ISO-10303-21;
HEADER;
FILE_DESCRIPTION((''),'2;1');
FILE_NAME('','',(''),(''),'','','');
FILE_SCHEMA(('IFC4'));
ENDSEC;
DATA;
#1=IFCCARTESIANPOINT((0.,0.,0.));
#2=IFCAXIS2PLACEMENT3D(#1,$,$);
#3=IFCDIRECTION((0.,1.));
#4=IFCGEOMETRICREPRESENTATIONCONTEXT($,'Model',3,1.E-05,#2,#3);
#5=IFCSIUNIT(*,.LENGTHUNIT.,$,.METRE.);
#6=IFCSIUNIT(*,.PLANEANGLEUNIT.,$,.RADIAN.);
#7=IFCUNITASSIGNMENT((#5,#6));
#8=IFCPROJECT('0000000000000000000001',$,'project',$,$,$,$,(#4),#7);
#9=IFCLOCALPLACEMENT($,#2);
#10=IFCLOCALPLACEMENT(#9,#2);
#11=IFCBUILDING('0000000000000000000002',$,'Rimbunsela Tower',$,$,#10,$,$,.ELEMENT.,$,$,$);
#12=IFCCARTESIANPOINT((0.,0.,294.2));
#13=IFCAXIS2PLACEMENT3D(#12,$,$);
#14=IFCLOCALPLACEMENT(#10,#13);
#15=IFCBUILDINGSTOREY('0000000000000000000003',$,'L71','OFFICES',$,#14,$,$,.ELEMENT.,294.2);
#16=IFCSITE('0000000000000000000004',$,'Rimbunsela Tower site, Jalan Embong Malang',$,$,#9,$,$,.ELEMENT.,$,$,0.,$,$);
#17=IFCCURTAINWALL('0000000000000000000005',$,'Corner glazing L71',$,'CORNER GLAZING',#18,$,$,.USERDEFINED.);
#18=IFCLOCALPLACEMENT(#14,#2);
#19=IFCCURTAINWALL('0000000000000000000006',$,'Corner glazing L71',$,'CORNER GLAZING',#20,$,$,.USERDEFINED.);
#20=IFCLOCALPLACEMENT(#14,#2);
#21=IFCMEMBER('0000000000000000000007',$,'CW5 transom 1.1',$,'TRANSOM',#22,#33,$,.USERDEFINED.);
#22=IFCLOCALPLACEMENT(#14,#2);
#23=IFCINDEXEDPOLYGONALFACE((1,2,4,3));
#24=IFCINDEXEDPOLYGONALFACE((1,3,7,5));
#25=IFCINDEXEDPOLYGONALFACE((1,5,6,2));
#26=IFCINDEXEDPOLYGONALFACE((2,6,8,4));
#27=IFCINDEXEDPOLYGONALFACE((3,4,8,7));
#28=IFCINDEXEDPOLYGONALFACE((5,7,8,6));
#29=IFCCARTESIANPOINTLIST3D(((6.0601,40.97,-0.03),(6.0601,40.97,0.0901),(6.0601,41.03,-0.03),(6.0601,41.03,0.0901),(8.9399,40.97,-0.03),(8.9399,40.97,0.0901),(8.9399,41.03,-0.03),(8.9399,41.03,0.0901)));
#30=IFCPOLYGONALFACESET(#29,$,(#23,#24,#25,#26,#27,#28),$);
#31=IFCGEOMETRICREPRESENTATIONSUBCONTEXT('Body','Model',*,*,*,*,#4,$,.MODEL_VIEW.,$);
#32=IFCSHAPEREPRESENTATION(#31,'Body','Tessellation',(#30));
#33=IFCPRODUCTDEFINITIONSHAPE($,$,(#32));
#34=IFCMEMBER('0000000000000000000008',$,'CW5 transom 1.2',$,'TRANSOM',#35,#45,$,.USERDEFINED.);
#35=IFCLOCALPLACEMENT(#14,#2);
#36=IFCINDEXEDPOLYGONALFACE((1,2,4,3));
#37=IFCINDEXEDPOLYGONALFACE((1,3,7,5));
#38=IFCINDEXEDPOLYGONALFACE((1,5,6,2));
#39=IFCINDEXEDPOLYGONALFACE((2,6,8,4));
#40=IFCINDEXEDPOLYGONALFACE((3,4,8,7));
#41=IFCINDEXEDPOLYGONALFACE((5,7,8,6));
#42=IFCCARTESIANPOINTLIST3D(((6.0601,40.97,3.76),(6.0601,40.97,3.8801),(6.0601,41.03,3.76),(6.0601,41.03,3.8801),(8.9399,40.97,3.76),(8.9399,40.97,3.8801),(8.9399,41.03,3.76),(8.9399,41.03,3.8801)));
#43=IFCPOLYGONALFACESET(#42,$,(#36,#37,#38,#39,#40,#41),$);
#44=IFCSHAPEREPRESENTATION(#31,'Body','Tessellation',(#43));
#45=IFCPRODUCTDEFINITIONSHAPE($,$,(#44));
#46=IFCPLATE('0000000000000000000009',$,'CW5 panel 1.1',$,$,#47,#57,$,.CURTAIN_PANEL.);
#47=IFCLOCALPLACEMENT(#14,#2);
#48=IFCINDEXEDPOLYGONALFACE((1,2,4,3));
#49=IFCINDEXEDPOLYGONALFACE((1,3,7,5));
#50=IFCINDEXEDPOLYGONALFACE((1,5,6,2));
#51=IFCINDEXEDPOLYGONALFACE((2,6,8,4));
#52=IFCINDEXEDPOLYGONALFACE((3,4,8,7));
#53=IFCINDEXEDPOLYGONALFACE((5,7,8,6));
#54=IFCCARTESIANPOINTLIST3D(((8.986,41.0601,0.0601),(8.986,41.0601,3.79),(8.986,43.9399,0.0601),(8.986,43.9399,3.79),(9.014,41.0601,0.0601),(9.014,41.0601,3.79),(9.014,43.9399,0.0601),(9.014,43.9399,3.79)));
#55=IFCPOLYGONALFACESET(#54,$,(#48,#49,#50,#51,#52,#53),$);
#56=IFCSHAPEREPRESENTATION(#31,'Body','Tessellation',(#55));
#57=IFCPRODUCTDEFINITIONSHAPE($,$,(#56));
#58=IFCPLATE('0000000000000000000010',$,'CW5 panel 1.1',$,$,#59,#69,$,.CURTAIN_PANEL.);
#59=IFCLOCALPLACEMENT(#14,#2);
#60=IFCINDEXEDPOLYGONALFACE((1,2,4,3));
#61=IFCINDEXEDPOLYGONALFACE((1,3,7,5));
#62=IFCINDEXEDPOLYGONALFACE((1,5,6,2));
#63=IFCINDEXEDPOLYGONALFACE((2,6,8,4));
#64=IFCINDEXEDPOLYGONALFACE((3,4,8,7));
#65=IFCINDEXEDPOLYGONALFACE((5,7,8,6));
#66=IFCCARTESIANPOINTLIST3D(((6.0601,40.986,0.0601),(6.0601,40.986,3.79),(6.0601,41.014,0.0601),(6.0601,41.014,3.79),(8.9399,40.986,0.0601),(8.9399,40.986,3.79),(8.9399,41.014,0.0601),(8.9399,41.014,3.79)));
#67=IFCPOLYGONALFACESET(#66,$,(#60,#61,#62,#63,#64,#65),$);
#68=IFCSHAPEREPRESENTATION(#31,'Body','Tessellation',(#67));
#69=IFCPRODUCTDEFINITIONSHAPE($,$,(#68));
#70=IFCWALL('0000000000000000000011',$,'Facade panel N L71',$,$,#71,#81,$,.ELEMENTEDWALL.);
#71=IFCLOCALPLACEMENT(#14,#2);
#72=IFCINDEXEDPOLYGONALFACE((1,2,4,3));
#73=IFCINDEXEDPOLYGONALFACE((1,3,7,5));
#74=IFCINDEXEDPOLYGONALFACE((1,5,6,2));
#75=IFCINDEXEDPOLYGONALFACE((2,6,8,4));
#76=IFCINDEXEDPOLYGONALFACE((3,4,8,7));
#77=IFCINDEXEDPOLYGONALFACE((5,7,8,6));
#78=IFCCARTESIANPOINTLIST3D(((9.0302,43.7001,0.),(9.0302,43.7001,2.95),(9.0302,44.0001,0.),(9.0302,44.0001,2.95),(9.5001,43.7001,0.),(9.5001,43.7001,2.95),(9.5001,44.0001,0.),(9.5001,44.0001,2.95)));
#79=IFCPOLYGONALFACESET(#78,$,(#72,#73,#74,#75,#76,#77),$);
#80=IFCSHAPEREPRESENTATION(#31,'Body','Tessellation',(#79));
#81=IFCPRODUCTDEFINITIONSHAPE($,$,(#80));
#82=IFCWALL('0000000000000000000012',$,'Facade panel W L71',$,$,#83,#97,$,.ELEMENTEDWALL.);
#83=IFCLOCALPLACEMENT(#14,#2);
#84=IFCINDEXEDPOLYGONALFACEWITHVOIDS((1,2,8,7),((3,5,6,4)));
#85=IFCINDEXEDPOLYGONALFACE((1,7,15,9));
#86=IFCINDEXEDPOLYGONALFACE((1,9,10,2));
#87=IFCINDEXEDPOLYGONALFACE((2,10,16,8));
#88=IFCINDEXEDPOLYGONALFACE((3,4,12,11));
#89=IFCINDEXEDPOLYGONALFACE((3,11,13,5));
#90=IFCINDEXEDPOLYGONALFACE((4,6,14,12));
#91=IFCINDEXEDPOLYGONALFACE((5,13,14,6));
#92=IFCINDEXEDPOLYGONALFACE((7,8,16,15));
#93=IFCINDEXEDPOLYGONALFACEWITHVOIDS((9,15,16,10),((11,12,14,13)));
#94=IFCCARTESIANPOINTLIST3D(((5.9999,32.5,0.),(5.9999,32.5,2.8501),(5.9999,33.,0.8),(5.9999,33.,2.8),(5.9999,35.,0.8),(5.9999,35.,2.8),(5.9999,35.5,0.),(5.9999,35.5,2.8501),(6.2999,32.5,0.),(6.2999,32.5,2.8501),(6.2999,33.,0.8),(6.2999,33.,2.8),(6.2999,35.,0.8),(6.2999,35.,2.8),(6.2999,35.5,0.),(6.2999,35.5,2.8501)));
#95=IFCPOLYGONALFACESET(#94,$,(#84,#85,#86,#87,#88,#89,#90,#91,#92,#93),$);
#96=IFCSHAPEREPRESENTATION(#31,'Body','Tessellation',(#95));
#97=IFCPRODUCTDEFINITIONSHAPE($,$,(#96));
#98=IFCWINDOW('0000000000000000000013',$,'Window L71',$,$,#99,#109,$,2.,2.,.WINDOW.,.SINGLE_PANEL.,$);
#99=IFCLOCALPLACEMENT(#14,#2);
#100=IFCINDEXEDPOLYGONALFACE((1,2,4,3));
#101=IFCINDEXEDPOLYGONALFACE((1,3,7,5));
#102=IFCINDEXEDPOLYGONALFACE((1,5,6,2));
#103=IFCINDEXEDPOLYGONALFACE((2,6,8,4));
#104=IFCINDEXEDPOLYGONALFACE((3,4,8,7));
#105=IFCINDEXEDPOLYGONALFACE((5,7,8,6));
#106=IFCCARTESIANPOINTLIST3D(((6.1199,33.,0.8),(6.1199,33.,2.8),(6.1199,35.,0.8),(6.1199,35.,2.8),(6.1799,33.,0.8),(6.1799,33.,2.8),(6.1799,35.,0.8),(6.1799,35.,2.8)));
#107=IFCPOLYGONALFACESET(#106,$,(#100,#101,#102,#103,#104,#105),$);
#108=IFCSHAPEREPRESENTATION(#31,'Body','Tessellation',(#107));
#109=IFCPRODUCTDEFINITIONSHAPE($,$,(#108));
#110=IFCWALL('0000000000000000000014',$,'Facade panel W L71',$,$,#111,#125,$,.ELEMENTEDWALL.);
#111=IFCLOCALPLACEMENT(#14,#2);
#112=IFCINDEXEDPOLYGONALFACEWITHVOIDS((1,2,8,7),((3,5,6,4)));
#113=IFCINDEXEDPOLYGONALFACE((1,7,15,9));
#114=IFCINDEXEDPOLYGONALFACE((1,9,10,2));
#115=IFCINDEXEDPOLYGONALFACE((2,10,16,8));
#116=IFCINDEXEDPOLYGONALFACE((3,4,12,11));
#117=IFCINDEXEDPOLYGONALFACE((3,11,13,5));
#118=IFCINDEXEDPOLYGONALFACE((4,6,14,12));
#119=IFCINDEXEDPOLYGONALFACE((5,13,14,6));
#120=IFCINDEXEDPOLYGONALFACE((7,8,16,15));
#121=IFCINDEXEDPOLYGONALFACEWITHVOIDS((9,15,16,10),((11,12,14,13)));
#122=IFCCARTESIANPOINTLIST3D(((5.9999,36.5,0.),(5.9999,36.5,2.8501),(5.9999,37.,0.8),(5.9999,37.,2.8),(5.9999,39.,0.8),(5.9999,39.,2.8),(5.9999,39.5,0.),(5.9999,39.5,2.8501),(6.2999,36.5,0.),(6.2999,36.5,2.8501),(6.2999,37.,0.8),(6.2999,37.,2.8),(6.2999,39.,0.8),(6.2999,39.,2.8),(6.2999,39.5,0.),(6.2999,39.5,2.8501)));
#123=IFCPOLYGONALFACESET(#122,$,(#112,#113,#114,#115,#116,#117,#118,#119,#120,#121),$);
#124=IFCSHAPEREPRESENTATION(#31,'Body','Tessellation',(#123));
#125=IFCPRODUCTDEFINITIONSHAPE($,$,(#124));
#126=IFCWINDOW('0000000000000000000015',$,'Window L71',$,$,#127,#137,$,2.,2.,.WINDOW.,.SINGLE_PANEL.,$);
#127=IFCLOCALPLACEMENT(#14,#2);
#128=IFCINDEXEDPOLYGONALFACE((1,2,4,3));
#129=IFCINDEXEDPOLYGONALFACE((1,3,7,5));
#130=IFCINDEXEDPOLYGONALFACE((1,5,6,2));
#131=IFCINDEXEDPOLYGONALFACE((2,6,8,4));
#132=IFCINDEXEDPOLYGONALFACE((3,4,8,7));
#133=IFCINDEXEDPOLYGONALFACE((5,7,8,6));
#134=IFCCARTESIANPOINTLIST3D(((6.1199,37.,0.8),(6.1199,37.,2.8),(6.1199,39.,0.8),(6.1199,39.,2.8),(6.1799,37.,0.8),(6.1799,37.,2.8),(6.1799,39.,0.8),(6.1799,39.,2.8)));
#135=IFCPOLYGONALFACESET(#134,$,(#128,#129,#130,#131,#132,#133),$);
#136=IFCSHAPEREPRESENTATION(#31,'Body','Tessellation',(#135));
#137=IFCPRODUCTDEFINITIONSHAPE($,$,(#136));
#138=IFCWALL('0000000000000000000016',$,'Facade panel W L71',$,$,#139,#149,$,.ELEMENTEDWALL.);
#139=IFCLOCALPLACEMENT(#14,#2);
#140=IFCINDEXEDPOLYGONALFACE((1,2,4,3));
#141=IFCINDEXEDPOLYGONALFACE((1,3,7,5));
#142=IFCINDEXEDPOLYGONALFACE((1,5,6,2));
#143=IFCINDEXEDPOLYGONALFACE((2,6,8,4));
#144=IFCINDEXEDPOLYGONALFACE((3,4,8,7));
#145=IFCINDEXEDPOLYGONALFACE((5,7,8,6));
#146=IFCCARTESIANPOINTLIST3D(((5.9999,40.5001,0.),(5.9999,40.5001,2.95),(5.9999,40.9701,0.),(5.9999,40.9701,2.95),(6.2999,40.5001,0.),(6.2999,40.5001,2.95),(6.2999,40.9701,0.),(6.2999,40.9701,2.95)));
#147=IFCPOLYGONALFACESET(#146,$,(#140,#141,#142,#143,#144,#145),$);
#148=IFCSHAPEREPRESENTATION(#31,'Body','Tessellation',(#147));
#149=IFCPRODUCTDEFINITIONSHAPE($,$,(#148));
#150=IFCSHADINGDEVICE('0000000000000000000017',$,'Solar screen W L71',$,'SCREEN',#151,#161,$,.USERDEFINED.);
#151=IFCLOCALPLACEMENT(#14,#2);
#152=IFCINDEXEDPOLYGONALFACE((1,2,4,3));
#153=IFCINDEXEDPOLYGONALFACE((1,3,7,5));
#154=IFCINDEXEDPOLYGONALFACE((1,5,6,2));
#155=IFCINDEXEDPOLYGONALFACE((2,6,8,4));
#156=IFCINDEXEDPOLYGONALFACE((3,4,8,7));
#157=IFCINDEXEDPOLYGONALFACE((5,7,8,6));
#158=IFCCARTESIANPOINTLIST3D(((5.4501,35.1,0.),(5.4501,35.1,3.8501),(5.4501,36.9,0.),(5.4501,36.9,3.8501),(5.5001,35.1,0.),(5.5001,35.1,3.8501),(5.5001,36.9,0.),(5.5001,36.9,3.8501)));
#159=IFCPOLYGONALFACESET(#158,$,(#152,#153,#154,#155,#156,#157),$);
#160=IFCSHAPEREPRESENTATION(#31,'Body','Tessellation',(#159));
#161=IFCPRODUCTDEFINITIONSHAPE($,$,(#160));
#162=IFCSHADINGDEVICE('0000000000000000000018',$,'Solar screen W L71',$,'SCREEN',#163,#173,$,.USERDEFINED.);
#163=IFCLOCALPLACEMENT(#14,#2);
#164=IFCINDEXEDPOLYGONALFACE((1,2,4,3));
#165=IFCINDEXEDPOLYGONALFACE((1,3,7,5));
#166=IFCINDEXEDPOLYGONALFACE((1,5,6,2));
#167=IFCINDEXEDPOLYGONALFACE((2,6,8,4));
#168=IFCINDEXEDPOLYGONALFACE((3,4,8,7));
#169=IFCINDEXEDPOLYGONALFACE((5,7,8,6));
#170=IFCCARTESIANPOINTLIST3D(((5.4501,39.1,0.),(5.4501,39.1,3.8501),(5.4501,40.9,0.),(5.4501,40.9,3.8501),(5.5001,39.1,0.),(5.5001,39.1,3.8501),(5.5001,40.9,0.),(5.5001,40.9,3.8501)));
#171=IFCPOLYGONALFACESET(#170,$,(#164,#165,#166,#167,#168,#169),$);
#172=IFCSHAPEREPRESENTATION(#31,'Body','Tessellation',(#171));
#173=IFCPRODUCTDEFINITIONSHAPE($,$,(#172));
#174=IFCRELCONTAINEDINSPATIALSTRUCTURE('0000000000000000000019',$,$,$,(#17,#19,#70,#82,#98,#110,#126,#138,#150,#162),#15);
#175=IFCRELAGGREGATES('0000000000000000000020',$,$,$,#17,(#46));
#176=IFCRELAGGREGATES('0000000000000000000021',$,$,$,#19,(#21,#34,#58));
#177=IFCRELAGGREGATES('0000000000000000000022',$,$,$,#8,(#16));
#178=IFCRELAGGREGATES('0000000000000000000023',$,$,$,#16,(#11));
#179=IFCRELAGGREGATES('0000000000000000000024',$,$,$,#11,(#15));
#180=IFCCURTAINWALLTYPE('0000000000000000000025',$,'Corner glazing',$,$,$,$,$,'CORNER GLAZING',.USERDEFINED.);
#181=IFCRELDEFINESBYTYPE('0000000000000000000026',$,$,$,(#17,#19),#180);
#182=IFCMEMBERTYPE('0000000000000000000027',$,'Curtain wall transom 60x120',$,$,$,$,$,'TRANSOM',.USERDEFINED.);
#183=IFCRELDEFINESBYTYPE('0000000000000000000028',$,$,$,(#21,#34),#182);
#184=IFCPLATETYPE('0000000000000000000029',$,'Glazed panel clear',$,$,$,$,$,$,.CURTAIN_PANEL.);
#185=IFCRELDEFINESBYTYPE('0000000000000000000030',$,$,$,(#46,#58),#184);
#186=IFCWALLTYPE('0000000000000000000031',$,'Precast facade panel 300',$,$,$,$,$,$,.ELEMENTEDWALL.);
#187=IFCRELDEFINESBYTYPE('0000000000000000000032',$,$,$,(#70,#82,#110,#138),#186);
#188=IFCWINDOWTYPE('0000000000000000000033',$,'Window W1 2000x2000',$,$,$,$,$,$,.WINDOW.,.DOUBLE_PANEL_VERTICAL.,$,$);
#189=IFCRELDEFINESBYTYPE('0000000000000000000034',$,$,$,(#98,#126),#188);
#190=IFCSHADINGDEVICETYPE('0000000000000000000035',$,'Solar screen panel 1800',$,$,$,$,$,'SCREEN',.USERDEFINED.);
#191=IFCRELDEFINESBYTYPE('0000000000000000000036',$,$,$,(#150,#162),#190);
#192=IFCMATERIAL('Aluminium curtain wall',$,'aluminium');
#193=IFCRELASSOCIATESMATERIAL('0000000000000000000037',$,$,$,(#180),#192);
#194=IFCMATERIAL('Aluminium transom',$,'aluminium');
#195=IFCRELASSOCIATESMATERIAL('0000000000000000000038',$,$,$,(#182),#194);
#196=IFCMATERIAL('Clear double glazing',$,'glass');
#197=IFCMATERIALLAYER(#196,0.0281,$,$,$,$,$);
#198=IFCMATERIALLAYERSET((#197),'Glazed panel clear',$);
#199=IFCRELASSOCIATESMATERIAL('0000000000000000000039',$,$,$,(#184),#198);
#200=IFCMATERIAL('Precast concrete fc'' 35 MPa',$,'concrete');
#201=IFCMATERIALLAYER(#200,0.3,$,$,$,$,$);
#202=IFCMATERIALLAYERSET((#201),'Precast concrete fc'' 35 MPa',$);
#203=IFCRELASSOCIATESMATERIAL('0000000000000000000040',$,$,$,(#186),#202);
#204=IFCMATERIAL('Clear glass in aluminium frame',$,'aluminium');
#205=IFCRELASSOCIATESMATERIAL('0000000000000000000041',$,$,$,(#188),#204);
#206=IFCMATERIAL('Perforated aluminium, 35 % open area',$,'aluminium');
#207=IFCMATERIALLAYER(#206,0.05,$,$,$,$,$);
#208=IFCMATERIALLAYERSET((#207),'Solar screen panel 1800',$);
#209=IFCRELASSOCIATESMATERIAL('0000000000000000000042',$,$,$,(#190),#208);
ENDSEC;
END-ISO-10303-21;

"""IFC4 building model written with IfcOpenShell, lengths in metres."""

from ifc_helpers import new_model, si_unit, direction, frame, frame_2d, origin, origin_2d, place, context, subcontext, project, spatial, rectangle, extrude, material, layer, layer_set, material_profile, profile_set, type_object, element, fill, aggregate, save


model = new_model("IFC4")

# Units and contexts
model_context = context("Model", 3, precision=1e-05, world=origin(), true_north=direction((0.0, 1.0)))
body_context = subcontext(model_context, "Body", "Model", "MODEL_VIEW")
ifc_project = project(units=[si_unit("LENGTHUNIT", "METRE"), si_unit("PLANEANGLEUNIT", "RADIAN")], contexts=[model_context])

# Site, building, storey
site_placement = place(None, origin())
site = spatial("IfcSite", under=ifc_project, at=site_placement, Name="Rimbunsela Tower site, Jalan Embong Malang", CompositionType="ELEMENT", RefElevation=0.0)
building_placement = place(site_placement, origin())
building = spatial("IfcBuilding", under=site, at=building_placement, Name="Rimbunsela Tower", CompositionType="ELEMENT")
storey_placement = place(building_placement, frame((0.0, 0.0, 294.2)))
storey = spatial("IfcBuildingStorey", under=building, at=storey_placement, Name="L71", Description="OFFICES", CompositionType="ELEMENT", Elevation=294.2)

# Curtain walls
ifc_material_1 = material(Name="Aluminium curtain wall", Category="aluminium")
curtain_wall_type = type_object("IfcCurtainWallType", Name="Corner glazing", ElementType="CORNER GLAZING", PredefinedType="USERDEFINED", material=ifc_material_1)
curtain_wall_1_placement = place(storey_placement, origin())
curtain_wall_1 = element("IfcCurtainWall", 1, at=curtain_wall_1_placement, inside=storey, type_object=curtain_wall_type, Name="Corner glazing L71", ObjectType="CORNER GLAZING", PredefinedType="USERDEFINED")
curtain_wall_2_placement = place(storey_placement, origin())
curtain_wall_2 = element("IfcCurtainWall", 2, at=curtain_wall_2_placement, inside=storey, type_object=curtain_wall_type, Name="Corner glazing L71", ObjectType="CORNER GLAZING", PredefinedType="USERDEFINED")

# Members
ifc_material_2 = material(Name="Aluminium transom", Category="aluminium")
ifc_material_profile_1 = material_profile(ifc_material_2, rectangle(XDim=0.0601, YDim=0.1201, at=origin_2d()), Name="Transom 60x120")
ifc_profile_set_1 = profile_set([ifc_material_profile_1], Name="Aluminium transom")
member_type_1 = type_object("IfcMemberType", Name="Curtain wall transom 60x120", ElementType="TRANSOM", PredefinedType="USERDEFINED", material=ifc_profile_set_1)
member_1_placement = place(storey_placement, frame((8.9399, 41.0, 0.03), z_axis=(-1.0, 0.0, 0.0), x_axis=(0.0, -1.0, 0.0)))
member_1 = element("IfcMember", 3, at=member_1_placement, type_object=member_type_1, Name="CW5 transom 1.1", ObjectType="TRANSOM", PredefinedType="USERDEFINED", context=body_context, shape_type="SweptSolid", body=[
    extrude(rectangle(XDim=0.0601, YDim=0.1201, at=origin_2d()), origin(), (0.0, 0.0, 1.0), 2.8799),
])
member_2_placement = place(storey_placement, frame((8.9399, 41.0, 3.8201), z_axis=(-1.0, 0.0, 0.0), x_axis=(0.0, -1.0, 0.0)))
member_2 = element("IfcMember", 4, at=member_2_placement, type_object=member_type_1, Name="CW5 transom 1.2", ObjectType="TRANSOM", PredefinedType="USERDEFINED", context=body_context, shape_type="SweptSolid", body=[
    extrude(rectangle(XDim=0.0601, YDim=0.1201, at=origin_2d()), origin(), (0.0, 0.0, 1.0), 2.8799),
])

# Plates
ifc_material_3 = material(Name="Clear double glazing", Category="glass")
ifc_layer_1 = layer(ifc_material_3, 0.0281)
ifc_layer_set_1 = layer_set([ifc_layer_1], Name="Glazed panel clear")
plate_type = type_object("IfcPlateType", Name="Glazed panel clear", PredefinedType="CURTAIN_PANEL", material=ifc_layer_set_1)
plate_1_placement = place(storey_placement, frame((9.0, 42.5, 0.0601), z_axis=(0.0, 0.0, 1.0), x_axis=(0.0, -1.0, 0.0)))
plate_1 = element("IfcPlate", 5, at=plate_1_placement, type_object=plate_type, Name="CW5 panel 1.1", PredefinedType="CURTAIN_PANEL", context=body_context, shape_type="SweptSolid", body=[
    extrude(rectangle(XDim=2.8799, YDim=0.0281, at=origin_2d()), origin(), (0.0, 0.0, 1.0), 3.73),
])
aggregate(curtain_wall_1, [plate_1])
plate_2_placement = place(storey_placement, frame((7.5, 41.0, 0.0601), z_axis=(0.0, 0.0, 1.0), x_axis=(-1.0, 0.0, 0.0)))
plate_2 = element("IfcPlate", 6, at=plate_2_placement, type_object=plate_type, Name="CW5 panel 1.1", PredefinedType="CURTAIN_PANEL", context=body_context, shape_type="SweptSolid", body=[
    extrude(rectangle(XDim=2.8799, YDim=0.0281, at=origin_2d()), origin(), (0.0, 0.0, 1.0), 3.73),
])
aggregate(curtain_wall_2, [member_1, member_2, plate_2])

# Wall
ifc_material_4 = material(Name="Precast concrete fc' 35 MPa", Category="concrete")
ifc_layer_2 = layer(ifc_material_4, 0.3)
ifc_layer_set_2 = layer_set([ifc_layer_2], Name="Precast concrete fc' 35 MPa")
wall_type = type_object("IfcWallType", Name="Precast facade panel 300", PredefinedType="ELEMENTEDWALL", material=ifc_layer_set_2)
wall_1_placement = place(storey_placement, frame((9.5, 43.8501, 0.0), z_axis=(0.0, 0.0, 1.0), x_axis=(-1.0, 0.0, 0.0)))
element("IfcWall", 7, at=wall_1_placement, inside=storey, type_object=wall_type, Name="Facade panel N L71", PredefinedType="ELEMENTEDWALL", context=body_context, shape_type="SweptSolid", body=[
    extrude(rectangle(XDim=0.47, YDim=0.3, at=frame_2d((0.2349, 0.0))), origin(), (0.0, 0.0, 1.0), 2.95),
])

# Walls, openings, windows
wall_2_placement = place(storey_placement, frame((6.1499, 35.5, 0.0), z_axis=(0.0, 0.0, 1.0), x_axis=(0.0, -1.0, 0.0)))
wall_2 = element("IfcWall", 8, at=wall_2_placement, inside=storey, type_object=wall_type, Name="Facade panel W L71", PredefinedType="ELEMENTEDWALL", context=body_context, shape_type="SweptSolid", body=[
    extrude(rectangle(XDim=3.0, YDim=0.3, at=frame_2d((1.5, 0.0))), origin(), (0.0, 0.0, 1.0), 2.8501),
])
opening_1_placement = place(wall_2_placement, frame((0.5, 0.0, 0.8)))
opening_1 = element("IfcOpeningElement", 9, at=opening_1_placement, cuts=wall_2, PredefinedType="OPENING", context=body_context, shape_type="SweptSolid", body=[
    extrude(rectangle(XDim=2.0, YDim=2.0, at=frame_2d((1.0, 1.0))), frame((0.0, 0.1599, 0.0), z_axis=(0.0, -1.0, 0.0), x_axis=(1.0, 0.0, 0.0)), (0.0, 0.0, 1.0), 0.3201),
])
ifc_material_5 = material(Name="Clear glass in aluminium frame", Category="aluminium")
window_type = type_object("IfcWindowType", Name="Window W1 2000x2000", PartitioningType="DOUBLE_PANEL_VERTICAL", PredefinedType="WINDOW", material=ifc_material_5)
window_1_placement = place(opening_1_placement, origin())
window_1 = element("IfcWindow", 10, at=window_1_placement, inside=storey, type_object=window_type, Name="Window L71", OverallHeight=2.0, OverallWidth=2.0, PartitioningType="SINGLE_PANEL", PredefinedType="WINDOW", context=body_context, shape_type="SweptSolid", body=[
    extrude(rectangle(XDim=2.0, YDim=2.0, at=frame_2d((1.0, 1.0))), frame((0.0, 0.03, 0.0), z_axis=(0.0, -1.0, 0.0), x_axis=(1.0, 0.0, 0.0)), (0.0, 0.0, 1.0), 0.0601),
])
fill(opening_1, window_1)
wall_3_placement = place(storey_placement, frame((6.1499, 39.5, 0.0), z_axis=(0.0, 0.0, 1.0), x_axis=(0.0, -1.0, 0.0)))
wall_3 = element("IfcWall", 11, at=wall_3_placement, inside=storey, type_object=wall_type, Name="Facade panel W L71", PredefinedType="ELEMENTEDWALL", context=body_context, shape_type="SweptSolid", body=[
    extrude(rectangle(XDim=3.0, YDim=0.3, at=frame_2d((1.5, 0.0))), origin(), (0.0, 0.0, 1.0), 2.8501),
])
opening_2_placement = place(wall_3_placement, frame((0.5, 0.0, 0.8)))
opening_2 = element("IfcOpeningElement", 12, at=opening_2_placement, cuts=wall_3, PredefinedType="OPENING", context=body_context, shape_type="SweptSolid", body=[
    extrude(rectangle(XDim=2.0, YDim=2.0, at=frame_2d((1.0, 1.0))), frame((0.0, 0.1599, 0.0), z_axis=(0.0, -1.0, 0.0), x_axis=(1.0, 0.0, 0.0)), (0.0, 0.0, 1.0), 0.3201),
])
window_2_placement = place(opening_2_placement, origin())
window_2 = element("IfcWindow", 13, at=window_2_placement, inside=storey, type_object=window_type, Name="Window L71", OverallHeight=2.0, OverallWidth=2.0, PartitioningType="SINGLE_PANEL", PredefinedType="WINDOW", context=body_context, shape_type="SweptSolid", body=[
    extrude(rectangle(XDim=2.0, YDim=2.0, at=frame_2d((1.0, 1.0))), frame((0.0, 0.03, 0.0), z_axis=(0.0, -1.0, 0.0), x_axis=(1.0, 0.0, 0.0)), (0.0, 0.0, 1.0), 0.0601),
])
fill(opening_2, window_2)

# Wall
wall_4_placement = place(storey_placement, frame((6.1499, 40.97, 0.0), z_axis=(0.0, 0.0, 1.0), x_axis=(0.0, -1.0, 0.0)))
element("IfcWall", 14, at=wall_4_placement, inside=storey, type_object=wall_type, Name="Facade panel W L71", PredefinedType="ELEMENTEDWALL", context=body_context, shape_type="SweptSolid", body=[
    extrude(rectangle(XDim=0.47, YDim=0.3, at=frame_2d((0.2349, 0.0))), origin(), (0.0, 0.0, 1.0), 2.95),
])

# Shading devices
ifc_material_6 = material(Name="Perforated aluminium, 35 % open area", Category="aluminium")
ifc_layer_3 = layer(ifc_material_6, 0.05)
ifc_layer_set_3 = layer_set([ifc_layer_3], Name="Solar screen panel 1800")
shading_device_type = type_object("IfcShadingDeviceType", Name="Solar screen panel 1800", ElementType="SCREEN", PredefinedType="USERDEFINED", material=ifc_layer_set_3)
for number, where, z_axis, x_axis, name in (
    (15, (5.4751, 36.0, 0.0), (0.0, 0.0, 1.0), (0.0, 1.0, 0.0), "Solar screen W L71"),
    (16, (5.4751, 40.0, 0.0), (0.0, 0.0, 1.0), (0.0, 1.0, 0.0), "Solar screen W L71"),
):
    element("IfcShadingDevice", number, at=place(storey_placement, frame(where, z_axis=z_axis, x_axis=x_axis)), inside=storey, type_object=shading_device_type, Name=name, ObjectType="SCREEN", PredefinedType="USERDEFINED", context=body_context, shape_type="SweptSolid", body=[
        extrude(rectangle(XDim=1.8, YDim=0.05, at=origin_2d()), origin(), (0.0, 0.0, 1.0), 3.8501),
    ])

save(model, "model.ifc")
